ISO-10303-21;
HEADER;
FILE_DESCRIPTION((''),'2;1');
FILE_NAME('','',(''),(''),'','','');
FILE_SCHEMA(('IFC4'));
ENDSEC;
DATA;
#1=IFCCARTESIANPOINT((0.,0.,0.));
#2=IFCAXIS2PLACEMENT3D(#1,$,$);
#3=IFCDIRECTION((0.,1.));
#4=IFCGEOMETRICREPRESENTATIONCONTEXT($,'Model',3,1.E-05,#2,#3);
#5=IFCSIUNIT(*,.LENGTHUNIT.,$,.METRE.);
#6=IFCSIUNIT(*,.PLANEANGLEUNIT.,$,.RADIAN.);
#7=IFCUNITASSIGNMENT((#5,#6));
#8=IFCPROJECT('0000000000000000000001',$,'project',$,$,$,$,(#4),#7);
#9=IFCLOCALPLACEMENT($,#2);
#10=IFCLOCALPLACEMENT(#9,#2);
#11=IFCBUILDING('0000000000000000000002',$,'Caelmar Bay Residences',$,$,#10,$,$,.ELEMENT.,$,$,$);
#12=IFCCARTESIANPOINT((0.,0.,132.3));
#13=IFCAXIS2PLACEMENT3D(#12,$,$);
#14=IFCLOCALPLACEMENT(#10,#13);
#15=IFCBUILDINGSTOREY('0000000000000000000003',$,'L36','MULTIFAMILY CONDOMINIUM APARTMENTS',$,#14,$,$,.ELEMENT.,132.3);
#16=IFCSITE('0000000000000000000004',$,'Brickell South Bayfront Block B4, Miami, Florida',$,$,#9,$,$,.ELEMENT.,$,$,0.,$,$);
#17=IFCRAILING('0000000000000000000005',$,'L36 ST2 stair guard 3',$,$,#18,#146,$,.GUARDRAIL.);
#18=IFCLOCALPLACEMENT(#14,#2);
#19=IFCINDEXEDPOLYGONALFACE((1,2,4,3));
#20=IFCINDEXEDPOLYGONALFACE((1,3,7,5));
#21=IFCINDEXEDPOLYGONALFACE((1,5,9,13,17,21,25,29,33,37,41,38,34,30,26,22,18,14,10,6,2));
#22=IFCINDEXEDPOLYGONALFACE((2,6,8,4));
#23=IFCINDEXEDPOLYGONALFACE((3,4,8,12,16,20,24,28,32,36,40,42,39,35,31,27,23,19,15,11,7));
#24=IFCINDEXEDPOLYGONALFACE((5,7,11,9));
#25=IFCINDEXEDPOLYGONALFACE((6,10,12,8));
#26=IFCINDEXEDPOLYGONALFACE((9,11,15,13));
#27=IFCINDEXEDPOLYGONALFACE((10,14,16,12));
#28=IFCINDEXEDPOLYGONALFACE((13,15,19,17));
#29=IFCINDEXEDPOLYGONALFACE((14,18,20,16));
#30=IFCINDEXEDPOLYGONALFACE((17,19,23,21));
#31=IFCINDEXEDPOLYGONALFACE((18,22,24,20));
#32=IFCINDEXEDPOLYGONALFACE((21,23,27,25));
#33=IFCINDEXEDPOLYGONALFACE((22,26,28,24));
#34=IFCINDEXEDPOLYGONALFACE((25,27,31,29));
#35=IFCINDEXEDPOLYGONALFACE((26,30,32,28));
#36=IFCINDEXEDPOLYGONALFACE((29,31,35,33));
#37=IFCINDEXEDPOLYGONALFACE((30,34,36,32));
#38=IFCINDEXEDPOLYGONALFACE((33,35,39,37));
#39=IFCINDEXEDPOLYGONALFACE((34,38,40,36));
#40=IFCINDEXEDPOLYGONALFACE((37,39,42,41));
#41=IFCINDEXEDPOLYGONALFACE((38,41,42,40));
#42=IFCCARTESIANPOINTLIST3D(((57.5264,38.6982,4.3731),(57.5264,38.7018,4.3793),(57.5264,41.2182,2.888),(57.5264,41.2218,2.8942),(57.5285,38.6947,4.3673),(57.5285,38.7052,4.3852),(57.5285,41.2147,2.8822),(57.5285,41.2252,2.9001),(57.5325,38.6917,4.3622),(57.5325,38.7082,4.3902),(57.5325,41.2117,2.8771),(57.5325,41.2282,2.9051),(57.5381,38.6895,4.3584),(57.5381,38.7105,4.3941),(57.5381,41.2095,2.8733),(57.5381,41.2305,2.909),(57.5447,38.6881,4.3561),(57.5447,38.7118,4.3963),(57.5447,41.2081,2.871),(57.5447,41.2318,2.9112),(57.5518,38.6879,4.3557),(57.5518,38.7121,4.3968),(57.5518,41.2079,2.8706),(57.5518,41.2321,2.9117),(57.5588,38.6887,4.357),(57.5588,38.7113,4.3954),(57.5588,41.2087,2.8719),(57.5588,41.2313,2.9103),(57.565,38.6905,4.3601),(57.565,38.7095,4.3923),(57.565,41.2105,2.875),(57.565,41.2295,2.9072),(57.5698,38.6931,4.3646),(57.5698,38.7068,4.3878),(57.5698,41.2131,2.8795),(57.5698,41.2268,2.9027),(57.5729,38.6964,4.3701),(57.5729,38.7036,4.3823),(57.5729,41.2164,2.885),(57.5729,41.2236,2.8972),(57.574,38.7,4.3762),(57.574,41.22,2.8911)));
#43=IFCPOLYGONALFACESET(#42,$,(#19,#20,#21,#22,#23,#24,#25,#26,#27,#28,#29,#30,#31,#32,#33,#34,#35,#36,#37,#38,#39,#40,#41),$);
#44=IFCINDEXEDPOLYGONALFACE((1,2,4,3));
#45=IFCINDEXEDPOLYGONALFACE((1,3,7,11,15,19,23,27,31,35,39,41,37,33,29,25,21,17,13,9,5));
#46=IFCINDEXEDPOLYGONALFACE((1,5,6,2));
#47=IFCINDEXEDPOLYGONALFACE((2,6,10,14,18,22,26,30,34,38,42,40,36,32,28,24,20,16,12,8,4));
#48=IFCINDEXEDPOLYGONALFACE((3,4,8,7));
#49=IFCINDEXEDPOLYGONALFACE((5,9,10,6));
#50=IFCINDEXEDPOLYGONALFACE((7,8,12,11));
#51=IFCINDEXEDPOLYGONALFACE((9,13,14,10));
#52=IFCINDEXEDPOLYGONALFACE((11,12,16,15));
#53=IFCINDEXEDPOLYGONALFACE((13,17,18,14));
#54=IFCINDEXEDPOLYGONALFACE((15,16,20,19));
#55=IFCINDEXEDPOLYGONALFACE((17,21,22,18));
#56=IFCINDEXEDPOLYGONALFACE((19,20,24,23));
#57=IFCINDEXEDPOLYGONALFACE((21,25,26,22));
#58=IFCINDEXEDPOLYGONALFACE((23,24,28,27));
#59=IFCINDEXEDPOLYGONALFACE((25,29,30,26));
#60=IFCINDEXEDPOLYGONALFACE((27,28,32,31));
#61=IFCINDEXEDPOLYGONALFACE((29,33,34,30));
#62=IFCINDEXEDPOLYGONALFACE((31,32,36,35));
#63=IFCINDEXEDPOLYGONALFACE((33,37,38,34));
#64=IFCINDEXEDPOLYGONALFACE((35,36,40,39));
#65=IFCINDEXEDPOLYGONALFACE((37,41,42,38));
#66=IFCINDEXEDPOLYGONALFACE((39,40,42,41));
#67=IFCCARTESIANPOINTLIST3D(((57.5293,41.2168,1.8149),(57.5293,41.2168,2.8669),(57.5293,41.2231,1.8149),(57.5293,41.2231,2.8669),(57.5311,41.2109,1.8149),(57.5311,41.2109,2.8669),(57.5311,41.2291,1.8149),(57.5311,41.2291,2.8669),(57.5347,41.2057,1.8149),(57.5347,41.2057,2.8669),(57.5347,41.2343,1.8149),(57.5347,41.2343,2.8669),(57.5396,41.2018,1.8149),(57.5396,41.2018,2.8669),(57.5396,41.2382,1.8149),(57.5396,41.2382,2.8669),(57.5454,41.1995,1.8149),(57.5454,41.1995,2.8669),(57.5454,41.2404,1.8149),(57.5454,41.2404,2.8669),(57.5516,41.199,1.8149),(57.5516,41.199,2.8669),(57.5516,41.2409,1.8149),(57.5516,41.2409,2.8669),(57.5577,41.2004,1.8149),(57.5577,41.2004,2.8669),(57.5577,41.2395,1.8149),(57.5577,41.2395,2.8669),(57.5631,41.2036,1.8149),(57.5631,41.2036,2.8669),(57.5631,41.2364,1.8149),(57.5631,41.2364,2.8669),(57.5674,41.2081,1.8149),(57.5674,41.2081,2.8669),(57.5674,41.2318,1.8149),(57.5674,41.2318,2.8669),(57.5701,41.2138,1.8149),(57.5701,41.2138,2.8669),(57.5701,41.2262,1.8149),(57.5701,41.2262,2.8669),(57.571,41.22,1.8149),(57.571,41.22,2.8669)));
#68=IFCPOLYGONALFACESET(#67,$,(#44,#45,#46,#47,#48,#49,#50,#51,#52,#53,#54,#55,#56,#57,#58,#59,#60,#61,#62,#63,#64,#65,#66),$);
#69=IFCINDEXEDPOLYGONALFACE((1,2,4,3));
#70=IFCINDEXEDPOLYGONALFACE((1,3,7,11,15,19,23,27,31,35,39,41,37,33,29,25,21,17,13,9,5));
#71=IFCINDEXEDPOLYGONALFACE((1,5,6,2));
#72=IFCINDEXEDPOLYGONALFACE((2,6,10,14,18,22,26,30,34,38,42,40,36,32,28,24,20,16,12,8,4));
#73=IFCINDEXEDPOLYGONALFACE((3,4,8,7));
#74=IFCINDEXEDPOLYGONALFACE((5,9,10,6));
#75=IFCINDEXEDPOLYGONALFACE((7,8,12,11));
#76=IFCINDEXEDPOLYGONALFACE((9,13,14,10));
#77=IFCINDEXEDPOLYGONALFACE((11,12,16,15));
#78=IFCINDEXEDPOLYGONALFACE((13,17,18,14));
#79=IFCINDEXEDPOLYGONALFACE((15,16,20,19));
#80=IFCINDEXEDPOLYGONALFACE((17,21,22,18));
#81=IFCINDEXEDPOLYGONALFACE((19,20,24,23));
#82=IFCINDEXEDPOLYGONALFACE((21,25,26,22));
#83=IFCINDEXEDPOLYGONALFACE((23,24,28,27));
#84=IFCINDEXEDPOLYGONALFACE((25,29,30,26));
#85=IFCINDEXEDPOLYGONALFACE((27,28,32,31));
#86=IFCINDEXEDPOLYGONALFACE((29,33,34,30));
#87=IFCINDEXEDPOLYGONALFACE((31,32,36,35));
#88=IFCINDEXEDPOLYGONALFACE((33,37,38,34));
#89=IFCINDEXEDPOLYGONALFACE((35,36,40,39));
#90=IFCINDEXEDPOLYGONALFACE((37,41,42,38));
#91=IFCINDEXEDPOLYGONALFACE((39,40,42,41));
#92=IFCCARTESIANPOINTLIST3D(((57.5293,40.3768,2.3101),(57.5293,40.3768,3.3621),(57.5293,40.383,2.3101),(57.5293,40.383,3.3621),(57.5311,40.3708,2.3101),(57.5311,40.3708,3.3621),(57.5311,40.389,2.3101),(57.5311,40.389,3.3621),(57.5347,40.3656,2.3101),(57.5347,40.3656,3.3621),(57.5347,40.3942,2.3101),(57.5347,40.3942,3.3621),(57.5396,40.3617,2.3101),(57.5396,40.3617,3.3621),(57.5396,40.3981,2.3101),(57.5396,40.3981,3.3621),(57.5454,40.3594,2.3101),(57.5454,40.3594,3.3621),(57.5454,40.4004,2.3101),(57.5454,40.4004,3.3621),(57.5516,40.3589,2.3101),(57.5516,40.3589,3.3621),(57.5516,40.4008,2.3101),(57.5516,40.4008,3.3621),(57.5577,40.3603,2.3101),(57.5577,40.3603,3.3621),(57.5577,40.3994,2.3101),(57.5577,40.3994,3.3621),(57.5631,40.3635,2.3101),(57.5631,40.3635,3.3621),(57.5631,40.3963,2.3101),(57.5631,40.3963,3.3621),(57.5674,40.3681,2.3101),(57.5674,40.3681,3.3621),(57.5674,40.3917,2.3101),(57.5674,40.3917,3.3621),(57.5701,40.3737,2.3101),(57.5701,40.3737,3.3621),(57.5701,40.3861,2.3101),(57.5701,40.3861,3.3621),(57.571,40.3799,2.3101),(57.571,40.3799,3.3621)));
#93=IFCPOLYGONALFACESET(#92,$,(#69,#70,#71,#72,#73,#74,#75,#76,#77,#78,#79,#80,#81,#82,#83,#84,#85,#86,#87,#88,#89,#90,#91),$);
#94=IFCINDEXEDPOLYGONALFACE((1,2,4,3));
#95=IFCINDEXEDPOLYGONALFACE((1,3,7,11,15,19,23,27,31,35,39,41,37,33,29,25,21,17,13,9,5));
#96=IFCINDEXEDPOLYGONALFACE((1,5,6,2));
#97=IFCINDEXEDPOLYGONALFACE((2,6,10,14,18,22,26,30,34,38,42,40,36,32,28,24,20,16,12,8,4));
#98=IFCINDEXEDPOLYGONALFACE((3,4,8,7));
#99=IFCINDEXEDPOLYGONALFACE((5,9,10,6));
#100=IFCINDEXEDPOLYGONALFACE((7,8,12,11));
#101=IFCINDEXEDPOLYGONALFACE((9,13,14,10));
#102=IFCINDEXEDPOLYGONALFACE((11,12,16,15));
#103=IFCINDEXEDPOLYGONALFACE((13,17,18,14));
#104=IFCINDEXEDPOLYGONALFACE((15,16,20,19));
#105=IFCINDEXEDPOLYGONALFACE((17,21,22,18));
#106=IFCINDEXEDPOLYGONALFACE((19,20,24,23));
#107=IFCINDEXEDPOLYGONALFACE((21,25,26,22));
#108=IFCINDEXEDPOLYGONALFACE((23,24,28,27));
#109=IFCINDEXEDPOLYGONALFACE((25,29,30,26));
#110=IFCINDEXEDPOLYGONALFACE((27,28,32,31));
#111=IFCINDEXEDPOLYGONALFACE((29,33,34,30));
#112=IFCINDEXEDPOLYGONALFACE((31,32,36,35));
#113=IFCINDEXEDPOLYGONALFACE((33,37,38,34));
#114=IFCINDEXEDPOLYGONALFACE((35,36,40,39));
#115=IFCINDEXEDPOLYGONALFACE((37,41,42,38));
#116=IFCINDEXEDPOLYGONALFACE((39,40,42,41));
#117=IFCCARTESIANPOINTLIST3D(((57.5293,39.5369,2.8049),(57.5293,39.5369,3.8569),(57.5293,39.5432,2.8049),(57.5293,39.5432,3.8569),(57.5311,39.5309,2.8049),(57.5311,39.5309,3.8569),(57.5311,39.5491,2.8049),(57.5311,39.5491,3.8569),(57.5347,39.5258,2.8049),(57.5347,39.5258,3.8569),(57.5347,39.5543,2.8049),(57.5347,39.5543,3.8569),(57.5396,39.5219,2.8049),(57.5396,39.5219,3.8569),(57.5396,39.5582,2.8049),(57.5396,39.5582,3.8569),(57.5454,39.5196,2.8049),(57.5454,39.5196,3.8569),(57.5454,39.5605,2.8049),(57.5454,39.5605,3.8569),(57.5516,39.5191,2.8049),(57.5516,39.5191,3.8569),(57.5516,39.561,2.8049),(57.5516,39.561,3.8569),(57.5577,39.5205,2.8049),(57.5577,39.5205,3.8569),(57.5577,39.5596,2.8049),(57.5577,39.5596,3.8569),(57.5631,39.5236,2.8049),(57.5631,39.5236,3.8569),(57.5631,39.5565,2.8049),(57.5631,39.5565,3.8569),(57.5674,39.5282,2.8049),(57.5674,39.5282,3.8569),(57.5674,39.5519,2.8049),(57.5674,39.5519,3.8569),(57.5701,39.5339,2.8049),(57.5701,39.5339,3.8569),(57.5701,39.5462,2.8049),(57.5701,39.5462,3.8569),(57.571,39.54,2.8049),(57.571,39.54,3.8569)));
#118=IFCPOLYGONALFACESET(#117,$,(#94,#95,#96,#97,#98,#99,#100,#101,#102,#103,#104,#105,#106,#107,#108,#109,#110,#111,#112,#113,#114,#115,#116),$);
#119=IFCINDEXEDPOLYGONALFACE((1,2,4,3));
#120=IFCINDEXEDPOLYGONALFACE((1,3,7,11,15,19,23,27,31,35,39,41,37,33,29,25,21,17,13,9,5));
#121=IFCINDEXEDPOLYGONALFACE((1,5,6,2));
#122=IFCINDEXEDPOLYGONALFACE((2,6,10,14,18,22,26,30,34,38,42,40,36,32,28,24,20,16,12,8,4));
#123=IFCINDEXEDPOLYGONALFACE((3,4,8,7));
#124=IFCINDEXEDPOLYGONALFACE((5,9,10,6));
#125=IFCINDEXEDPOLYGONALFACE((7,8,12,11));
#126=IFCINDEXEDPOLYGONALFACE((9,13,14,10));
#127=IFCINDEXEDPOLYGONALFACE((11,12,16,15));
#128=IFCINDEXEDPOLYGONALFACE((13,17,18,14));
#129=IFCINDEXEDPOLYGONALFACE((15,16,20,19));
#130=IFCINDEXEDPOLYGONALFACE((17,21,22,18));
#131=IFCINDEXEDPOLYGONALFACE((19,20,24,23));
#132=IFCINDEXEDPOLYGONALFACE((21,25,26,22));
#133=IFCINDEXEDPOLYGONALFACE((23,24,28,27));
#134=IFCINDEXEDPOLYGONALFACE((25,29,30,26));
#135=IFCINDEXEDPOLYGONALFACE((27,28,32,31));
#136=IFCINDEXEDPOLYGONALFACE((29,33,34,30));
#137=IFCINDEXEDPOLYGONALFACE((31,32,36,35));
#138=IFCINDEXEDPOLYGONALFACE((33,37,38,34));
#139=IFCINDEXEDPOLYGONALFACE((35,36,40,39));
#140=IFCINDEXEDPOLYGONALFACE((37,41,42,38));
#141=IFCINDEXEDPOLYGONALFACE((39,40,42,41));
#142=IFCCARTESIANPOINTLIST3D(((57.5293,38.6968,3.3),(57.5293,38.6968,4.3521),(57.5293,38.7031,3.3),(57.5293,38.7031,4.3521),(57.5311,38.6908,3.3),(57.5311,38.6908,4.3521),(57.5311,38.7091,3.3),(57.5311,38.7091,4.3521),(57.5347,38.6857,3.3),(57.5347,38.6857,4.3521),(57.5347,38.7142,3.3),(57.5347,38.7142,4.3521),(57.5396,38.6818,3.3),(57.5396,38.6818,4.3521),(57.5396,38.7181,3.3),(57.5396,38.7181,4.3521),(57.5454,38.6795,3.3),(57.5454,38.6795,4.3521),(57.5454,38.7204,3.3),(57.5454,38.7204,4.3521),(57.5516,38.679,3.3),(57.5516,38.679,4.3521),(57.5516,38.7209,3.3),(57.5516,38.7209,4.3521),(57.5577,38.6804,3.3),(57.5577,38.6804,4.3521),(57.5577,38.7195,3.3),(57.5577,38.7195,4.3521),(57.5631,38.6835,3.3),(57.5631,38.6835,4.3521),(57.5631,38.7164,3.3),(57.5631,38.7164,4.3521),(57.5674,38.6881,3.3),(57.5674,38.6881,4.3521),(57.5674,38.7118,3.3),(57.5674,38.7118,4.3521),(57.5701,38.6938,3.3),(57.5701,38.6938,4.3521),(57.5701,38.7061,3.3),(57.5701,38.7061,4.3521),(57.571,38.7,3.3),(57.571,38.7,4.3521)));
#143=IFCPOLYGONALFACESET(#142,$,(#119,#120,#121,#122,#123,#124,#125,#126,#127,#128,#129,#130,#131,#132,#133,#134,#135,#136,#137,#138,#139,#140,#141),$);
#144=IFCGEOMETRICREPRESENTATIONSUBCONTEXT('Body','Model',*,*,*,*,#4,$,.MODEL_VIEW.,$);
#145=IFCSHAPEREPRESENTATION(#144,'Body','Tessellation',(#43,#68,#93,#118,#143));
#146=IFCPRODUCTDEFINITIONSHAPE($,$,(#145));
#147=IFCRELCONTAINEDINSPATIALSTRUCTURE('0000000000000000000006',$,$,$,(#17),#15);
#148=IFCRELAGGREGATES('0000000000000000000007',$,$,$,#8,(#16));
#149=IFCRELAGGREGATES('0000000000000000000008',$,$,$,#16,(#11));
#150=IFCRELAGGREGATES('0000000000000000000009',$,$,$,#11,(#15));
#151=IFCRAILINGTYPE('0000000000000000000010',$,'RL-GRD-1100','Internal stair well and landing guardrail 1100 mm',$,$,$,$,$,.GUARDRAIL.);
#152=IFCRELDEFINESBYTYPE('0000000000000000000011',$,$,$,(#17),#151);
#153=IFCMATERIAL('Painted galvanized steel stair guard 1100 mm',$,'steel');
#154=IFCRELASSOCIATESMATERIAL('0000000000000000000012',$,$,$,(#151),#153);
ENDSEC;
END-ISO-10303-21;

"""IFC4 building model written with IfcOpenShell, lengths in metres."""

from ifc_helpers import new_model, si_unit, direction, frame, origin, origin_2d, place, context, subcontext, project, spatial, circle, extrude, material, type_object, element, save


model = new_model("IFC4")

# Units and contexts
model_context = context("Model", 3, precision=1e-05, world=origin(), true_north=direction((0.0, 1.0)))
body_context = subcontext(model_context, "Body", "Model", "MODEL_VIEW")
ifc_project = project(units=[si_unit("LENGTHUNIT", "METRE"), si_unit("PLANEANGLEUNIT", "RADIAN")], contexts=[model_context])

# Site, building, storey
site_placement = place(None, origin())
site = spatial("IfcSite", under=ifc_project, at=site_placement, Name="Brickell South Bayfront Block B4, Miami, Florida", CompositionType="ELEMENT", RefElevation=0.0)
building_placement = place(site_placement, origin())
building = spatial("IfcBuilding", under=site, at=building_placement, Name="Caelmar Bay Residences", CompositionType="ELEMENT")
storey_placement = place(building_placement, frame((0.0, 0.0, 132.3)))
storey = spatial("IfcBuildingStorey", under=building, at=storey_placement, Name="L36", Description="MULTIFAMILY CONDOMINIUM APARTMENTS", CompositionType="ELEMENT", Elevation=132.3)

# Railing
ifc_material_1 = material(Name="Painted galvanized steel stair guard 1100 mm", Category="steel")
railing_type_1 = type_object("IfcRailingType", Name="RL-GRD-1100", Description="Internal stair well and landing guardrail 1100 mm", PredefinedType="GUARDRAIL", material=ifc_material_1)
railing_1_placement = place(storey_placement, frame((57.55, 41.22, 1.8149)))
element("IfcRailing", 1, at=railing_1_placement, inside=storey, type_object=railing_type_1, Name="L36 ST2 stair guard 3", PredefinedType="GUARDRAIL", context=body_context, shape_type="SweptSolid", body=[
    extrude(circle(Radius=0.0239, at=origin_2d()), frame((0.0, 0.0, 1.0762), z_axis=(0.0, -0.861524, 0.507717), x_axis=(1.0, 0.0, 0.0)), (0.0, 0.0, 1.0), 2.925),
    extrude(circle(Radius=0.021, at=origin_2d()), origin(), (0.0, 0.0, 1.0), 1.052),
    extrude(circle(Radius=0.021, at=origin_2d()), frame((0.0, -0.8401, 0.4951)), (0.0, 0.0, 1.0), 1.052),
    extrude(circle(Radius=0.021, at=origin_2d()), frame((0.0, -1.6799, 0.99)), (0.0, 0.0, 1.0), 1.052),
    extrude(circle(Radius=0.021, at=origin_2d()), frame((0.0, -2.52, 1.4851)), (0.0, 0.0, 1.0), 1.052),
])

save(model, "model.ifc")
